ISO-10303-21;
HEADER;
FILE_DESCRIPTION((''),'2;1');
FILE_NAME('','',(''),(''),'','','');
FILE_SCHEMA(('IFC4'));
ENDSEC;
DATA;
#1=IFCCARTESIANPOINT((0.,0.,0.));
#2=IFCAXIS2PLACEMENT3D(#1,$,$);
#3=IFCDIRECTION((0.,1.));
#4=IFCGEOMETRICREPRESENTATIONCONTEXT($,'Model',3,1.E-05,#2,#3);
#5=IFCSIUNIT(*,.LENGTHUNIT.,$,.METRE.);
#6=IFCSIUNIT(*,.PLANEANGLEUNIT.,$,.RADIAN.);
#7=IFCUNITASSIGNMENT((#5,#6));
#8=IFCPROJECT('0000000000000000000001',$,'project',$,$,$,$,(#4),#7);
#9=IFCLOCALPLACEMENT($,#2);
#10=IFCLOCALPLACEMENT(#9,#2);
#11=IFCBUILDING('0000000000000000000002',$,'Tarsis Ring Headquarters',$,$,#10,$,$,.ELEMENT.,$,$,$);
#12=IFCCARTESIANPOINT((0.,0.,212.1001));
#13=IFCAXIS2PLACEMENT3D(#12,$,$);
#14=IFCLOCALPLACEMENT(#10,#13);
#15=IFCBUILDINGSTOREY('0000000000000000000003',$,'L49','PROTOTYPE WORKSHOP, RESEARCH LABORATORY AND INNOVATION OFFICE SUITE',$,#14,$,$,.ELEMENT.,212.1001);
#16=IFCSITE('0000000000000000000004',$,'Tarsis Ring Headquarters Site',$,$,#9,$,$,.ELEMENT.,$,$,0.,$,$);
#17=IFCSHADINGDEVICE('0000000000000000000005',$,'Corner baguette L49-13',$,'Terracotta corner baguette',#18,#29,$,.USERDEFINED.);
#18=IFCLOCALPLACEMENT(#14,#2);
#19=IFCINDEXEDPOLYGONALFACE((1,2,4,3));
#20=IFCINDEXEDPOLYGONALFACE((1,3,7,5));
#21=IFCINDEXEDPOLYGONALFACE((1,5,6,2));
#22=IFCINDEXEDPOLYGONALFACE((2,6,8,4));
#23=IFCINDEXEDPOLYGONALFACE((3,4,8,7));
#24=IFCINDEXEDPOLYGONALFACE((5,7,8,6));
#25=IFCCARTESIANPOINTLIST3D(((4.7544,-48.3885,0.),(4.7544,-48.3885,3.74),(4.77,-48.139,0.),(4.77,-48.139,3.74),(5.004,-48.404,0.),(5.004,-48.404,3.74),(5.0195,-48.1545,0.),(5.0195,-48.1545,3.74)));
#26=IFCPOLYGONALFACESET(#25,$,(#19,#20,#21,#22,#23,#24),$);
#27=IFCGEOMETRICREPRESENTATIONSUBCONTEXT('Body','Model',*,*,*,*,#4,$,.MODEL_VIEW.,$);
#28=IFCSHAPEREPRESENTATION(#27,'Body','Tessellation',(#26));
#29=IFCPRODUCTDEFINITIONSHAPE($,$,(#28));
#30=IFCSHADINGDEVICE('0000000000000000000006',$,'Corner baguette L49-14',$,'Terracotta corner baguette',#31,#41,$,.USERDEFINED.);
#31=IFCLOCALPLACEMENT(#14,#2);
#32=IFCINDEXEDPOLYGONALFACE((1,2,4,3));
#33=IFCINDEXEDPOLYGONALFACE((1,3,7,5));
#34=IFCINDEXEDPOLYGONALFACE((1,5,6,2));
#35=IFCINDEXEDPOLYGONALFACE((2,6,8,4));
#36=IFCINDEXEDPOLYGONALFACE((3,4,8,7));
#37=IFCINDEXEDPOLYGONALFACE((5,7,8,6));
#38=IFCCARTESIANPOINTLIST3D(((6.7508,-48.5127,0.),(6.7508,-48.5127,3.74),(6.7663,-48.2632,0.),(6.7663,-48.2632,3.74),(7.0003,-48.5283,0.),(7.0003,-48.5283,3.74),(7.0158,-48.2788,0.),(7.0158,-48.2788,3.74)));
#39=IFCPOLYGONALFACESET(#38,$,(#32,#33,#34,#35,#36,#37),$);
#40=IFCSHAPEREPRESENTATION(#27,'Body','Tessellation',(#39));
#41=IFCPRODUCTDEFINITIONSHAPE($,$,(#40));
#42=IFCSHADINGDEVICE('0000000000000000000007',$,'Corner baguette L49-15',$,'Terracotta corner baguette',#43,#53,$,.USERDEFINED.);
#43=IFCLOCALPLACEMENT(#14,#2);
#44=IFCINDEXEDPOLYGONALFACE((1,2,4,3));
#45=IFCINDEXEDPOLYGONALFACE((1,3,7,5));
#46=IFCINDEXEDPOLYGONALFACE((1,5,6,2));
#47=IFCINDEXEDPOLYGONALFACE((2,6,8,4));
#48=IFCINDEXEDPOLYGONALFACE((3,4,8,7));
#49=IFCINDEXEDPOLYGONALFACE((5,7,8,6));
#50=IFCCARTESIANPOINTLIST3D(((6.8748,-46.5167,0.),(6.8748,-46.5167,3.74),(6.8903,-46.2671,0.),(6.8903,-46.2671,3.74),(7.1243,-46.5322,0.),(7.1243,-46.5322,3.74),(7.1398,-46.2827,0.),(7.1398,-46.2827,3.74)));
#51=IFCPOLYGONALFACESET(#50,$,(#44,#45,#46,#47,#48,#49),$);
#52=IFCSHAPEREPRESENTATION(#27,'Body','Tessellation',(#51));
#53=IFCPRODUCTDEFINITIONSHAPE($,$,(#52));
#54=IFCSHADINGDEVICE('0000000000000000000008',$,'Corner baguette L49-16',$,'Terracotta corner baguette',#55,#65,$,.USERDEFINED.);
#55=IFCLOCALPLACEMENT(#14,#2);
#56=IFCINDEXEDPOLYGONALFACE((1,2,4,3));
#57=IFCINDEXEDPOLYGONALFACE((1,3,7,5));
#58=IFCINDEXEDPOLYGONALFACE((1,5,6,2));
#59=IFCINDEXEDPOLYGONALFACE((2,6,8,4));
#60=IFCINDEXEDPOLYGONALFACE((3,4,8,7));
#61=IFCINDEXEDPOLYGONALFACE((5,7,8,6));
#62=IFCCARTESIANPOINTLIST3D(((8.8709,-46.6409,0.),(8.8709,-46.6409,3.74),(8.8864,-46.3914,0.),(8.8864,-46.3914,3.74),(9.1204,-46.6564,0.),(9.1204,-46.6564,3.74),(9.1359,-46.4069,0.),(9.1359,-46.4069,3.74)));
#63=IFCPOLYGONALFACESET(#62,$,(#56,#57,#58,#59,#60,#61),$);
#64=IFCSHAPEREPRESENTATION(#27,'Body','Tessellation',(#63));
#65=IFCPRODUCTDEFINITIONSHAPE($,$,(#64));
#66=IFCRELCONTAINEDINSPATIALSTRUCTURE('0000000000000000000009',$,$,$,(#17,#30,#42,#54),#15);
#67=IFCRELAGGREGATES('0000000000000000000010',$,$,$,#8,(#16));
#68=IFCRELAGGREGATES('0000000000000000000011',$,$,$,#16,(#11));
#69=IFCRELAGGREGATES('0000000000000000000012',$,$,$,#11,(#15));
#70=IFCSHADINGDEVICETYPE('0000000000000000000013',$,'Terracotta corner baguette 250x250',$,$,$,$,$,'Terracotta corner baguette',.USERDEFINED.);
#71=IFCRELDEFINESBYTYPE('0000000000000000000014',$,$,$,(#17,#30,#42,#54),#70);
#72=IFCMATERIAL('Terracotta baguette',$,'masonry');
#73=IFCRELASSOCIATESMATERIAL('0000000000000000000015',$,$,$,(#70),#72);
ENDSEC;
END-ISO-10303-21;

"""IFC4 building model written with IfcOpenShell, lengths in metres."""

from ifc_helpers import new_model, si_unit, direction, frame, origin, origin_2d, place, context, subcontext, project, spatial, rectangle, extrude, material, type_object, element, save


model = new_model("IFC4")

# Units and contexts
model_context = context("Model", 3, precision=1e-05, world=origin(), true_north=direction((0.0, 1.0)))
body_context = subcontext(model_context, "Body", "Model", "MODEL_VIEW")
ifc_project = project(units=[si_unit("LENGTHUNIT", "METRE"), si_unit("PLANEANGLEUNIT", "RADIAN")], contexts=[model_context])

# Site, building, storey
site_placement = place(None, origin())
site = spatial("IfcSite", under=ifc_project, at=site_placement, Name="Tarsis Ring Headquarters Site", CompositionType="ELEMENT", RefElevation=0.0)
building_placement = place(site_placement, origin())
building = spatial("IfcBuilding", under=site, at=building_placement, Name="Tarsis Ring Headquarters", CompositionType="ELEMENT")
storey_placement = place(building_placement, frame((0.0, 0.0, 212.1001)))
storey = spatial("IfcBuildingStorey", under=building, at=storey_placement, Name="L49", Description="PROTOTYPE WORKSHOP, RESEARCH LABORATORY AND INNOVATION OFFICE SUITE", CompositionType="ELEMENT", Elevation=212.1001)

# Shading devices
ifc_material_1 = material(Name="Terracotta baguette", Category="masonry")
shading_device_type_1 = type_object("IfcShadingDeviceType", Name="Terracotta corner baguette 250x250", ElementType="Terracotta corner baguette", PredefinedType="USERDEFINED", material=ifc_material_1)
for number, where, z_axis, x_axis, name in (
    (1, (4.887, -48.2715, 0.0), (0.0, 0.0, 1.0), (0.062094, 0.99807, 0.0), "Corner baguette L49-13"),
    (2, (6.8833, -48.3958, 0.0), (0.0, 0.0, 1.0), (0.99807, -0.062093, 0.0), "Corner baguette L49-14"),
    (3, (7.0073, -46.3997, 0.0), (0.0, 0.0, 1.0), (0.062094, 0.99807, 0.0), "Corner baguette L49-15"),
    (4, (9.0034, -46.5239, 0.0), (0.0, 0.0, 1.0), (0.99807, -0.062094, 0.0), "Corner baguette L49-16"),
):
    element("IfcShadingDevice", number, at=place(storey_placement, frame(where, z_axis=z_axis, x_axis=x_axis)), inside=storey, type_object=shading_device_type_1, Name=name, ObjectType="Terracotta corner baguette", PredefinedType="USERDEFINED", context=body_context, shape_type="SweptSolid", body=[
        extrude(rectangle(XDim=0.25, YDim=0.25, at=origin_2d()), origin(), (0.0, 0.0, 1.0), 3.74),
    ])

save(model, "model.ifc")
